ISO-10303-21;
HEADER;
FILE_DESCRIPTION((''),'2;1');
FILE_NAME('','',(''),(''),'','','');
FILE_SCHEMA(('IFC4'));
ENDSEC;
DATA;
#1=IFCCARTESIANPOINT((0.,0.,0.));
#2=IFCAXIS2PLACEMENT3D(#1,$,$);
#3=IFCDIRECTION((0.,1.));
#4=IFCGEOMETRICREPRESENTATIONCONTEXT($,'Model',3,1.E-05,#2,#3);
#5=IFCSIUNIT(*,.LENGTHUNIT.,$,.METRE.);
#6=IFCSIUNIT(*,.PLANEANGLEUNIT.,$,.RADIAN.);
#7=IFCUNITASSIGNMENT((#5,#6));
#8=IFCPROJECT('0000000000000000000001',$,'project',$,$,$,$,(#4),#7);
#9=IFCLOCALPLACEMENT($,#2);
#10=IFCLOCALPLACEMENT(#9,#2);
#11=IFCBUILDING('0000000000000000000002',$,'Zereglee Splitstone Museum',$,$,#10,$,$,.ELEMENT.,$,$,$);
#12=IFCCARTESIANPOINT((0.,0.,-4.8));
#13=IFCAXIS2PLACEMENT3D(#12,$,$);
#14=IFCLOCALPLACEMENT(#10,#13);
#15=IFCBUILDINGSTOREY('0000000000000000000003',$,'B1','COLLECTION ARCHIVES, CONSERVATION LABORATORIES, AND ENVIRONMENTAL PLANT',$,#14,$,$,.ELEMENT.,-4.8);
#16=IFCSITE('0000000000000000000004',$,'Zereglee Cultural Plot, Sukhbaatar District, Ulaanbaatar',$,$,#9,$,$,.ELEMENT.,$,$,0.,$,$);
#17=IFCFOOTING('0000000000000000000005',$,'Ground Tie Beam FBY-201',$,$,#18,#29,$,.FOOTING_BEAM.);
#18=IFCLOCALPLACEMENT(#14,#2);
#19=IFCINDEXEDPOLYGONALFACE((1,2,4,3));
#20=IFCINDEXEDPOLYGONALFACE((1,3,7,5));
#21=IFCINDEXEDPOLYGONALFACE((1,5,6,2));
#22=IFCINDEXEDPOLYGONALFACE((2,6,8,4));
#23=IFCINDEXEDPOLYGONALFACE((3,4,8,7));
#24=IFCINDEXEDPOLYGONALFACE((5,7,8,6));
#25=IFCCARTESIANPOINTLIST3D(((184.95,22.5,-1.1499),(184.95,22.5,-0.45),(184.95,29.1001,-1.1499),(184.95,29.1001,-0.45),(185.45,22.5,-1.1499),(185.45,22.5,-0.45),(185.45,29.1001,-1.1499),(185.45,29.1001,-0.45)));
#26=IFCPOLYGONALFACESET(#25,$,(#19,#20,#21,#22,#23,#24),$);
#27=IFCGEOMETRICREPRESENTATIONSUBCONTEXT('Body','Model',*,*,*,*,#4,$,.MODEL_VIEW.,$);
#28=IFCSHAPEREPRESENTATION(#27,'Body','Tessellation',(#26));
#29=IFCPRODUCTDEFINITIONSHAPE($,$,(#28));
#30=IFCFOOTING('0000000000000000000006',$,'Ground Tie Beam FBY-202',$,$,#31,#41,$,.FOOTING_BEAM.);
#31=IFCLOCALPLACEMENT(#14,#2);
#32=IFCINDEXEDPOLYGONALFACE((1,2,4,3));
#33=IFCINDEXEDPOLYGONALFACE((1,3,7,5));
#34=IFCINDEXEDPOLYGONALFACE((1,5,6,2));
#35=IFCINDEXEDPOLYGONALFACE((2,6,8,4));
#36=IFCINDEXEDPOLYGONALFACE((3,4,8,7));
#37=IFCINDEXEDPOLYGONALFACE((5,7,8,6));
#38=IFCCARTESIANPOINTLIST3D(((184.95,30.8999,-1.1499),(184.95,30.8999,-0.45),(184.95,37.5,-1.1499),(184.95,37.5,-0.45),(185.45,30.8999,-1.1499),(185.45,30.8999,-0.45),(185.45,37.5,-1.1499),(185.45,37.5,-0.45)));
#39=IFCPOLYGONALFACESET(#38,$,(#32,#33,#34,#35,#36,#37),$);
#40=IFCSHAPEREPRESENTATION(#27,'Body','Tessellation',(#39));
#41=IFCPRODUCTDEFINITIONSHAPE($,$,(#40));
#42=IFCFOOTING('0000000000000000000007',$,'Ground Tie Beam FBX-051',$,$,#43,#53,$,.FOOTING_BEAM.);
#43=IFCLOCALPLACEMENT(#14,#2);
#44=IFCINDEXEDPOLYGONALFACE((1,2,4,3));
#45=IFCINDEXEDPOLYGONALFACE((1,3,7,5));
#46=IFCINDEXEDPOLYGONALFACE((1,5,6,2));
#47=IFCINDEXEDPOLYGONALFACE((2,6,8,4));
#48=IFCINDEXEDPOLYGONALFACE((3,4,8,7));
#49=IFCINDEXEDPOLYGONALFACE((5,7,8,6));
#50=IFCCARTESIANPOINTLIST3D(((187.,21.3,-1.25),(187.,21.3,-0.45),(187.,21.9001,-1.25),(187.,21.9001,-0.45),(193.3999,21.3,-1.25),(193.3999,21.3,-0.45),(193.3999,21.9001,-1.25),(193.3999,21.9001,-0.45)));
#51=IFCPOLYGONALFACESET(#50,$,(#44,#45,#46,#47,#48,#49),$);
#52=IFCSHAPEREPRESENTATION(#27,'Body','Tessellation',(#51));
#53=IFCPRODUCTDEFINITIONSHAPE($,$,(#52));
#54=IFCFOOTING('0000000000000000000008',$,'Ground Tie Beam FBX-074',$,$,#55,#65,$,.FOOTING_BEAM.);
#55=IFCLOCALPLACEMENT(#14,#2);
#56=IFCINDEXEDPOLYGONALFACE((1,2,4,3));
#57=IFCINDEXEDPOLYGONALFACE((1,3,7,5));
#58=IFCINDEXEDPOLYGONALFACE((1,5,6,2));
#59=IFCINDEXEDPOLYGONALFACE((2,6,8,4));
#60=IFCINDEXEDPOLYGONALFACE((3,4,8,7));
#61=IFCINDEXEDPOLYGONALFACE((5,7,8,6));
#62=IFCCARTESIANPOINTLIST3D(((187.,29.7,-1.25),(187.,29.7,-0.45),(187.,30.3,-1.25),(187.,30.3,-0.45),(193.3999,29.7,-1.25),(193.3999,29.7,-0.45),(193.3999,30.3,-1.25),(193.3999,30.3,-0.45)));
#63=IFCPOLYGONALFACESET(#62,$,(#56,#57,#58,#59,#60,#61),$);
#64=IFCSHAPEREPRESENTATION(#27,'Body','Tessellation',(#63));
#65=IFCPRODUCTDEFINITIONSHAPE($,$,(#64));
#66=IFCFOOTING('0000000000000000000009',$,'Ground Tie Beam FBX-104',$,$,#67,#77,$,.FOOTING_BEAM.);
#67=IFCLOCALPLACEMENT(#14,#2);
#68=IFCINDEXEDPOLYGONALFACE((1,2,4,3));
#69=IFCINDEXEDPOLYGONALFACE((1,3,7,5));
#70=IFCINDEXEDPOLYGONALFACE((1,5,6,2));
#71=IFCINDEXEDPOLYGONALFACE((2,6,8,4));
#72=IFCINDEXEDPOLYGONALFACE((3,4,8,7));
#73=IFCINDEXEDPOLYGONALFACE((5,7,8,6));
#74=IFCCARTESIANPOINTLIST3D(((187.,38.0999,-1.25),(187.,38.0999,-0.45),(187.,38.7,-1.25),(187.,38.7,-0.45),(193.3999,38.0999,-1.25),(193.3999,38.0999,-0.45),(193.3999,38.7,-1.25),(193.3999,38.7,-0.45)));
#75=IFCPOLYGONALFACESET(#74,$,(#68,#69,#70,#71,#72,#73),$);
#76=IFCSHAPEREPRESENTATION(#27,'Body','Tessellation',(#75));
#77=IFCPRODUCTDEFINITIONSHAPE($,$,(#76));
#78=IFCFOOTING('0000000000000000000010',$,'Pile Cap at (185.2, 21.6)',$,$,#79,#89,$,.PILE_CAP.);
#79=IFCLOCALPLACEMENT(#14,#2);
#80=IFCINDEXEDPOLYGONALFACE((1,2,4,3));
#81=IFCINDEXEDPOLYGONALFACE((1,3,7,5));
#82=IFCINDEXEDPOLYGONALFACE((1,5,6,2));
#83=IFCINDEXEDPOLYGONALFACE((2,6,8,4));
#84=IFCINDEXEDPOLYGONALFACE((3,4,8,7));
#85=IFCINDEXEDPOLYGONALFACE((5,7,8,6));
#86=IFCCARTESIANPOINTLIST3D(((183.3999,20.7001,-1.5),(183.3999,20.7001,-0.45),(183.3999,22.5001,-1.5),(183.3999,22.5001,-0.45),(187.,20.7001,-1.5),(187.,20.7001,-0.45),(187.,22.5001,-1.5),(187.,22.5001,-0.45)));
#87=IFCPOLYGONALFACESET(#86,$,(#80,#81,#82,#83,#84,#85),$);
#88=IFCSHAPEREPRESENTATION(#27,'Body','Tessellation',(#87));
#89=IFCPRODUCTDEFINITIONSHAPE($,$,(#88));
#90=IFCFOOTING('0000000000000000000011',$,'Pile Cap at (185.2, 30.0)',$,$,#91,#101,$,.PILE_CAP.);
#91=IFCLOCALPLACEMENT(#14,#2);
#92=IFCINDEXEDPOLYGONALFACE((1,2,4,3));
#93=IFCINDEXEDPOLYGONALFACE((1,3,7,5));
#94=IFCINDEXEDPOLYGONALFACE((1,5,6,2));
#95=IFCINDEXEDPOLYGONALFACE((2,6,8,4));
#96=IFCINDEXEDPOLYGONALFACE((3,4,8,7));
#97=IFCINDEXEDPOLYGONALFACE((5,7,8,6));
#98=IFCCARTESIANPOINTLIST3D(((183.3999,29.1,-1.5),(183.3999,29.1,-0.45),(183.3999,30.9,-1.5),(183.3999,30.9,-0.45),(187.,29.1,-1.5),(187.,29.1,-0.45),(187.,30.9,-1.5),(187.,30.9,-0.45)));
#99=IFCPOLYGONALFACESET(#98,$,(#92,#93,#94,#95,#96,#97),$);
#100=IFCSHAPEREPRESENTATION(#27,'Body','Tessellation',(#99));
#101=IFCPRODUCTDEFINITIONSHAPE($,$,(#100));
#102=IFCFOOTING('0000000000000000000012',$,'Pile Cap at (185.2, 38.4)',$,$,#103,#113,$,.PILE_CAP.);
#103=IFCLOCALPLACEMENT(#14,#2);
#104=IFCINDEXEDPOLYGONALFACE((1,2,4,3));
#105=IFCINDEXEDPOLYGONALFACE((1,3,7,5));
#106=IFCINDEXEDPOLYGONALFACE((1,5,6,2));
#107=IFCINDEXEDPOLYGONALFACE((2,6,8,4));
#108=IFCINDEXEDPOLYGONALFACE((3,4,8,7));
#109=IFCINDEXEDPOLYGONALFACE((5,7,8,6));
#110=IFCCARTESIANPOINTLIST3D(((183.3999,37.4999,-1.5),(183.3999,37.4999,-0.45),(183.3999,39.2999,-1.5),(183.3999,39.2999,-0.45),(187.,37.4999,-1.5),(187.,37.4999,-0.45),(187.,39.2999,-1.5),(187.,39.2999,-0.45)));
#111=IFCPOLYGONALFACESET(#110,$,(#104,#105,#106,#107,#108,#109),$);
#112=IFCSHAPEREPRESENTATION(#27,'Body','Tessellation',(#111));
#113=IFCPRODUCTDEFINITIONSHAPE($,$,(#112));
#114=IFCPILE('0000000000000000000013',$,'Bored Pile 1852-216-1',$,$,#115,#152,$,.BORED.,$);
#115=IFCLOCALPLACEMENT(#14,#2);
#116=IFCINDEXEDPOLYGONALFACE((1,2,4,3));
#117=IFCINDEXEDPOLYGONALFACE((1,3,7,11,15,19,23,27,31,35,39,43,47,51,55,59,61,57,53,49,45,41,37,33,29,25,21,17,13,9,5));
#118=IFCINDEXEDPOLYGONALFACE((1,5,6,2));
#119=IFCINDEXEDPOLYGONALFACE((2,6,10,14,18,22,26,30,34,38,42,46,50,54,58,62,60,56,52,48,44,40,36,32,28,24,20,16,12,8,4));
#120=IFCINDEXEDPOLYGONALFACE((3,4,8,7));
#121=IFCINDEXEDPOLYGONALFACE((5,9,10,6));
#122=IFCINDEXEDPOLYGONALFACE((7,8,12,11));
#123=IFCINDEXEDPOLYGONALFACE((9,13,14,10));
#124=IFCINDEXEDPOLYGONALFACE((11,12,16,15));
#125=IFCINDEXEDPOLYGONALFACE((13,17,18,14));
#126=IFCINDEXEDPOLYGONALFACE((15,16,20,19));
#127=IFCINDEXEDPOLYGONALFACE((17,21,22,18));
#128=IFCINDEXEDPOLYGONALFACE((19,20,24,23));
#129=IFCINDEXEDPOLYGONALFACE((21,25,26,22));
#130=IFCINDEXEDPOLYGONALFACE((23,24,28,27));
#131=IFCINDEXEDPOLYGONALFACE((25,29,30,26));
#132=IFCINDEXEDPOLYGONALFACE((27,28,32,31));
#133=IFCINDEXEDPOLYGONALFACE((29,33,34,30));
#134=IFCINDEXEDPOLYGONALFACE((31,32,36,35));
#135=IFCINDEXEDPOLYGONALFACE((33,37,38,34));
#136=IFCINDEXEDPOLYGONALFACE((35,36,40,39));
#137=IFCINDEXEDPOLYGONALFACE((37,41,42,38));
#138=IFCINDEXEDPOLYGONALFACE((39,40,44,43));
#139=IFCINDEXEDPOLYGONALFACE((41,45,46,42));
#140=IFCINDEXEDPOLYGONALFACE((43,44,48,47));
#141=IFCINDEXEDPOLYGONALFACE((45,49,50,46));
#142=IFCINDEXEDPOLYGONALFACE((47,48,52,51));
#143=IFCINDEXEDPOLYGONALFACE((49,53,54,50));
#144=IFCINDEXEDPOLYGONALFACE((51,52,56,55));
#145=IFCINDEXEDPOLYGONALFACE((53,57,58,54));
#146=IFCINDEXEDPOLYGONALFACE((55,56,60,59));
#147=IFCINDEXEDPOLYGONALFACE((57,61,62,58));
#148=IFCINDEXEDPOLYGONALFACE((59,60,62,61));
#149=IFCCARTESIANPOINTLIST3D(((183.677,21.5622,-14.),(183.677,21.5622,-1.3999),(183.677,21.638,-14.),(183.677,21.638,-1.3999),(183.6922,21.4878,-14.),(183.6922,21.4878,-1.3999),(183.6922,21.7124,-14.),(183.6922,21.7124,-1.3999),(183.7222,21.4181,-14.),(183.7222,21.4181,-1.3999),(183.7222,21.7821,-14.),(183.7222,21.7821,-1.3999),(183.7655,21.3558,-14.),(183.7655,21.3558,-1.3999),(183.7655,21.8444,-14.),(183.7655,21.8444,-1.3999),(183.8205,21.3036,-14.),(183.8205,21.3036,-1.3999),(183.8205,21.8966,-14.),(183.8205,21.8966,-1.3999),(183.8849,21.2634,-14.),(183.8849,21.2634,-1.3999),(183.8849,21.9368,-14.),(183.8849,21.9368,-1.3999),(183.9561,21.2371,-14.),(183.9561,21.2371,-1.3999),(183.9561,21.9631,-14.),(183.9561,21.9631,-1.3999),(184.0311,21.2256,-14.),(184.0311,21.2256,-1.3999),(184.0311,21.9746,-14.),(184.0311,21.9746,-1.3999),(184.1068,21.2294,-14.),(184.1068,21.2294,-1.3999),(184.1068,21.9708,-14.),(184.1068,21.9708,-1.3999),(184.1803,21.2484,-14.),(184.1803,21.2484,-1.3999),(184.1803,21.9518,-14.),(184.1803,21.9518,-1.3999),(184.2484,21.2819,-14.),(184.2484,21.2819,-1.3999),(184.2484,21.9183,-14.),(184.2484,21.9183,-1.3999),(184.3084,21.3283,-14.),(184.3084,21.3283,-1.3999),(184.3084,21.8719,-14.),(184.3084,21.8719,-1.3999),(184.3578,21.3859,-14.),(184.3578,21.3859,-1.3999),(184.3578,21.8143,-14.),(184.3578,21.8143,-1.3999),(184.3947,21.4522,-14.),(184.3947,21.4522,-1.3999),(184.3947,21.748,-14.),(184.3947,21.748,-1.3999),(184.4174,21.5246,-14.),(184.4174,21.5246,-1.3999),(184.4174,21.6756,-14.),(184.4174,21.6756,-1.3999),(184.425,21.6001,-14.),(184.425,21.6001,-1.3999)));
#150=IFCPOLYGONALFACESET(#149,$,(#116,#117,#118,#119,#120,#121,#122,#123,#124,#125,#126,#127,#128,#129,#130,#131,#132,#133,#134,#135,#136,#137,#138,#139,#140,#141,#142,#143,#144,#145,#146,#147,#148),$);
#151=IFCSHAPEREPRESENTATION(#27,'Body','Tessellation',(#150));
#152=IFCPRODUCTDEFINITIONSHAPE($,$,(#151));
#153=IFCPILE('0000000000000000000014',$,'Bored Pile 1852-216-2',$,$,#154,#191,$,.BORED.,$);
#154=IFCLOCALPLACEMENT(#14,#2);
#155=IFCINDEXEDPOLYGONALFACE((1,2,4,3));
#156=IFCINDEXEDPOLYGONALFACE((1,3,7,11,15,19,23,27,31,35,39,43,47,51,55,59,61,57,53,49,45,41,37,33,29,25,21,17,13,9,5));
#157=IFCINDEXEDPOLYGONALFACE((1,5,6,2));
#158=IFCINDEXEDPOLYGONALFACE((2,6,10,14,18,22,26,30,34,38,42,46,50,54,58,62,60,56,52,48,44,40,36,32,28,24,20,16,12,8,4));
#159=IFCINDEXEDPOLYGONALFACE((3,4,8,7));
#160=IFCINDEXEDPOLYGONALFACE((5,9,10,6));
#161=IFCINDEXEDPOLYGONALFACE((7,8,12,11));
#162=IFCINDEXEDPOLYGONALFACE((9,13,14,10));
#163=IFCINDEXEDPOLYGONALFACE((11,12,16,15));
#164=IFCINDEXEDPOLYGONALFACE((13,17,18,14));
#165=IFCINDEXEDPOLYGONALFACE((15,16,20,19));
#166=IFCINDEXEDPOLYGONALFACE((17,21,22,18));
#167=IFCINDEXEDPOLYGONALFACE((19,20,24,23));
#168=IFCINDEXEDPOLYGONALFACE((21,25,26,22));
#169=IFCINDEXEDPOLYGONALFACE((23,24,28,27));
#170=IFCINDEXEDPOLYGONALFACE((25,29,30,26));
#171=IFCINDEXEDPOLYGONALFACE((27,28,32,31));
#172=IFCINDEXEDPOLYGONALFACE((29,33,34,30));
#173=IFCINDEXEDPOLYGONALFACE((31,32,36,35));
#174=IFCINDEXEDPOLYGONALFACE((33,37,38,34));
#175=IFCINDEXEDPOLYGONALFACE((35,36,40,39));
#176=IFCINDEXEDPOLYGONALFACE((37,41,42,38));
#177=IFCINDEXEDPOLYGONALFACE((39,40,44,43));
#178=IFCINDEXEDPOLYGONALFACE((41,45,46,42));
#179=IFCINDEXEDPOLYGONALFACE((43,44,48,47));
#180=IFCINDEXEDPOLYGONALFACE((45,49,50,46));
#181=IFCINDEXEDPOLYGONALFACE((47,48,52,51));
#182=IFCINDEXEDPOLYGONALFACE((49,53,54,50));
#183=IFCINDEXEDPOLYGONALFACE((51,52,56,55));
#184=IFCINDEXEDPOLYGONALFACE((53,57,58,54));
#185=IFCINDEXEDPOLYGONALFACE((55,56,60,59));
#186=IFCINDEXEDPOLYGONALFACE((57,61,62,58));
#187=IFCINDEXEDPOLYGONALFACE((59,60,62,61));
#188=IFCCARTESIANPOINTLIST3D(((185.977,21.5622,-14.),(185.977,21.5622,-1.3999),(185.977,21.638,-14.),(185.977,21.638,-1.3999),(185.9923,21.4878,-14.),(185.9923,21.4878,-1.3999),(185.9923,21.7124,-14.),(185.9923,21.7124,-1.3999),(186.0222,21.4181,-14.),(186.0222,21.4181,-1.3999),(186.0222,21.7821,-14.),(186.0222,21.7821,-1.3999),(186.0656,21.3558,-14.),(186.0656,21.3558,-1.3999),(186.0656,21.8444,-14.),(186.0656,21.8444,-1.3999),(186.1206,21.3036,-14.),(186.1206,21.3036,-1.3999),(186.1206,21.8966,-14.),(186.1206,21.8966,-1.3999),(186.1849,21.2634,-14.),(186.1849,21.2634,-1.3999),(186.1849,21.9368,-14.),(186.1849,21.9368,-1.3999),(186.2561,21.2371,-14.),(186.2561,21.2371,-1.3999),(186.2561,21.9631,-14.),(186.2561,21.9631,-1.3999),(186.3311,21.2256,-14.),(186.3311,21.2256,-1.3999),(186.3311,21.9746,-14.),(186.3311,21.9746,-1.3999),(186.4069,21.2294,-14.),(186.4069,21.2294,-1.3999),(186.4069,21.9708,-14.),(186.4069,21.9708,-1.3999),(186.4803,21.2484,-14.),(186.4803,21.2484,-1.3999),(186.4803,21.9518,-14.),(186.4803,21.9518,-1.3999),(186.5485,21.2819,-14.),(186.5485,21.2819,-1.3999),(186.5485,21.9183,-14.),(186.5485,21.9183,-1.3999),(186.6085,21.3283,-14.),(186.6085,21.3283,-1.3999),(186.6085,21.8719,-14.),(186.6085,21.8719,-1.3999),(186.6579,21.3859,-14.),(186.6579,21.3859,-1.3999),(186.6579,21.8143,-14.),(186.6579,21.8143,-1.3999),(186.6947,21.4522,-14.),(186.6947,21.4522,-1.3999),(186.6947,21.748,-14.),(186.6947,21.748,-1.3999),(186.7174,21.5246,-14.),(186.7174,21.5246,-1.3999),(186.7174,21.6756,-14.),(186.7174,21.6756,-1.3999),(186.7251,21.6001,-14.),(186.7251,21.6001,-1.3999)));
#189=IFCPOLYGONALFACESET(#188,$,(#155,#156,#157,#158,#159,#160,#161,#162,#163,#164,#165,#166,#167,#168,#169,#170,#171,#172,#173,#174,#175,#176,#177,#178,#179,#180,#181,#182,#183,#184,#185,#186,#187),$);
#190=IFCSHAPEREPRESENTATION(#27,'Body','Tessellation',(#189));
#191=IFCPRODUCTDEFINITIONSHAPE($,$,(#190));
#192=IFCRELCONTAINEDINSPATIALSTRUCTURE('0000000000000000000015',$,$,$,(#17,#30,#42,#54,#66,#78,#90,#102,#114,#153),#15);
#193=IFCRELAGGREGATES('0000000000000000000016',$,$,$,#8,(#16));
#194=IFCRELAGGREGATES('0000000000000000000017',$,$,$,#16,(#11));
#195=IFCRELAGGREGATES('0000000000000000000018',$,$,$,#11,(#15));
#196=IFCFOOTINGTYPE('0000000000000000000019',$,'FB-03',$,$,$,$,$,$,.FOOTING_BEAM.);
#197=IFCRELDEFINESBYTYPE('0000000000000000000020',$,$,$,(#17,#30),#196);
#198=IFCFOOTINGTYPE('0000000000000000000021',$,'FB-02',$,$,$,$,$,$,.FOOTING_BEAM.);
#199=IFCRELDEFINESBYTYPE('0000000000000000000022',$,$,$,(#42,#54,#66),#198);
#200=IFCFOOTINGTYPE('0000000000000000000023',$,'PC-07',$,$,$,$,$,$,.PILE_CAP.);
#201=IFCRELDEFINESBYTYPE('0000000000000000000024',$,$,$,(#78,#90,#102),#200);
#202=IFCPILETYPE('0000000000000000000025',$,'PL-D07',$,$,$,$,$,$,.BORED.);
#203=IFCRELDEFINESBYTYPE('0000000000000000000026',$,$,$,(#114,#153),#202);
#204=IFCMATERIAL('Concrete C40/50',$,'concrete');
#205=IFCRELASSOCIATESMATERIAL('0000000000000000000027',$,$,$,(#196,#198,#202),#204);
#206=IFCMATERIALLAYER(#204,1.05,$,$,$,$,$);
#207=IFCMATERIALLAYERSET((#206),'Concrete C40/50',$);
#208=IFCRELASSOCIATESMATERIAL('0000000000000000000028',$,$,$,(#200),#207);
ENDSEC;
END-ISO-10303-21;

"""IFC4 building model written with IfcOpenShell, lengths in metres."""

from ifc_helpers import new_model, si_unit, direction, frame, origin, origin_2d, place, context, subcontext, project, spatial, rectangle, circle, extrude, material, layer, layer_set, material_profile, profile_set, type_object, element, save


model = new_model("IFC4")

# Units and contexts
model_context = context("Model", 3, precision=1e-05, world=origin(), true_north=direction((0.0, 1.0)))
body_context = subcontext(model_context, "Body", "Model", "MODEL_VIEW")
ifc_project = project(units=[si_unit("LENGTHUNIT", "METRE"), si_unit("PLANEANGLEUNIT", "RADIAN")], contexts=[model_context])

# Site, building, storey
site_placement = place(None, origin())
site = spatial("IfcSite", under=ifc_project, at=site_placement, Name="Zereglee Cultural Plot, Sukhbaatar District, Ulaanbaatar", CompositionType="ELEMENT", RefElevation=0.0)
building_placement = place(site_placement, origin())
building = spatial("IfcBuilding", under=site, at=building_placement, Name="Zereglee Splitstone Museum", CompositionType="ELEMENT")
storey_placement = place(building_placement, frame((0.0, 0.0, -4.8)))
storey = spatial("IfcBuildingStorey", under=building, at=storey_placement, Name="B1", Description="COLLECTION ARCHIVES, CONSERVATION LABORATORIES, AND ENVIRONMENTAL PLANT", CompositionType="ELEMENT", Elevation=-4.8)

# Footings
ifc_material_1 = material(Name="Concrete C40/50", Category="concrete")
footing_type_1 = type_object("IfcFootingType", Name="FB-03", PredefinedType="FOOTING_BEAM", material=ifc_material_1)
for number, where, z_axis, x_axis, name in (
    (1, (185.2, 25.8, -1.1499), (0.0, 0.0, 1.0), (0.0, 1.0, 0.0), "Ground Tie Beam FBY-201"),
    (2, (185.2, 34.2, -1.1499), (0.0, 0.0, 1.0), (0.0, 1.0, 0.0), "Ground Tie Beam FBY-202"),
):
    element("IfcFooting", number, at=place(storey_placement, frame(where, z_axis=z_axis, x_axis=x_axis)), inside=storey, type_object=footing_type_1, Name=name, PredefinedType="FOOTING_BEAM", context=body_context, shape_type="SweptSolid", body=[
        extrude(rectangle(XDim=6.6001, YDim=0.5, at=origin_2d()), origin(), (0.0, 0.0, 1.0), 0.7),
    ])
footing_type_2 = type_object("IfcFootingType", Name="FB-02", PredefinedType="FOOTING_BEAM", material=ifc_material_1)
for number, where, z_axis, x_axis, name in (
    (3, (190.2, 21.6001, -1.25), (0.0, 0.0, 1.0), (1.0, 0.0, 0.0), "Ground Tie Beam FBX-051"),
    (4, (190.2, 30.0, -1.25), (0.0, 0.0, 1.0), (1.0, 0.0, 0.0), "Ground Tie Beam FBX-074"),
    (5, (190.2, 38.3999, -1.25), (0.0, 0.0, 1.0), (1.0, 0.0, 0.0), "Ground Tie Beam FBX-104"),
):
    element("IfcFooting", number, at=place(storey_placement, frame(where, z_axis=z_axis, x_axis=x_axis)), inside=storey, type_object=footing_type_2, Name=name, PredefinedType="FOOTING_BEAM", context=body_context, shape_type="SweptSolid", body=[
        extrude(rectangle(XDim=6.3999, YDim=0.6001, at=origin_2d()), origin(), (0.0, 0.0, 1.0), 0.8),
    ])
ifc_layer_1 = layer(ifc_material_1, 1.05)
ifc_layer_set_1 = layer_set([ifc_layer_1], Name="Concrete C40/50")
footing_type_3 = type_object("IfcFootingType", Name="PC-07", PredefinedType="PILE_CAP", material=ifc_layer_set_1)
for number, where, z_axis, x_axis, name in (
    (6, (185.2, 21.6001, -1.5), (0.0, 0.0, 1.0), (1.0, 0.0, 0.0), "Pile Cap at (185.2, 21.6)"),
    (7, (185.2, 30.0, -1.5), (0.0, 0.0, 1.0), (1.0, 0.0, 0.0), "Pile Cap at (185.2, 30.0)"),
    (8, (185.2, 38.3999, -1.5), (0.0, 0.0, 1.0), (1.0, 0.0, 0.0), "Pile Cap at (185.2, 38.4)"),
):
    element("IfcFooting", number, at=place(storey_placement, frame(where, z_axis=z_axis, x_axis=x_axis)), inside=storey, type_object=footing_type_3, Name=name, PredefinedType="PILE_CAP", context=body_context, shape_type="SweptSolid", body=[
        extrude(rectangle(XDim=3.6001, YDim=1.8, at=origin_2d()), origin(), (0.0, 0.0, 1.0), 1.05),
    ])

# Piles
ifc_material_profile_1 = material_profile(ifc_material_1, circle(Radius=0.375, at=origin_2d()), Name="PILE D750")
ifc_profile_set_1 = profile_set([ifc_material_profile_1], Name="Concrete C40/50")
pile_type = type_object("IfcPileType", Name="PL-D07", PredefinedType="BORED", material=ifc_profile_set_1)
for number, where, z_axis, x_axis, name in (
    (9, (184.05, 21.6001, -1.3999), (0.0, 0.0, -1.0), (1.0, 0.0, 0.0), "Bored Pile 1852-216-1"),
    (10, (186.3501, 21.6001, -1.3999), (0.0, 0.0, -1.0), (1.0, 0.0, 0.0), "Bored Pile 1852-216-2"),
):
    element("IfcPile", number, at=place(storey_placement, frame(where, z_axis=z_axis, x_axis=x_axis)), inside=storey, type_object=pile_type, Name=name, PredefinedType="BORED", context=body_context, shape_type="SweptSolid", body=[
        extrude(circle(Radius=0.375, at=origin_2d()), origin(), (0.0, 0.0, 1.0), 12.6001),
    ])

save(model, "model.ifc")
